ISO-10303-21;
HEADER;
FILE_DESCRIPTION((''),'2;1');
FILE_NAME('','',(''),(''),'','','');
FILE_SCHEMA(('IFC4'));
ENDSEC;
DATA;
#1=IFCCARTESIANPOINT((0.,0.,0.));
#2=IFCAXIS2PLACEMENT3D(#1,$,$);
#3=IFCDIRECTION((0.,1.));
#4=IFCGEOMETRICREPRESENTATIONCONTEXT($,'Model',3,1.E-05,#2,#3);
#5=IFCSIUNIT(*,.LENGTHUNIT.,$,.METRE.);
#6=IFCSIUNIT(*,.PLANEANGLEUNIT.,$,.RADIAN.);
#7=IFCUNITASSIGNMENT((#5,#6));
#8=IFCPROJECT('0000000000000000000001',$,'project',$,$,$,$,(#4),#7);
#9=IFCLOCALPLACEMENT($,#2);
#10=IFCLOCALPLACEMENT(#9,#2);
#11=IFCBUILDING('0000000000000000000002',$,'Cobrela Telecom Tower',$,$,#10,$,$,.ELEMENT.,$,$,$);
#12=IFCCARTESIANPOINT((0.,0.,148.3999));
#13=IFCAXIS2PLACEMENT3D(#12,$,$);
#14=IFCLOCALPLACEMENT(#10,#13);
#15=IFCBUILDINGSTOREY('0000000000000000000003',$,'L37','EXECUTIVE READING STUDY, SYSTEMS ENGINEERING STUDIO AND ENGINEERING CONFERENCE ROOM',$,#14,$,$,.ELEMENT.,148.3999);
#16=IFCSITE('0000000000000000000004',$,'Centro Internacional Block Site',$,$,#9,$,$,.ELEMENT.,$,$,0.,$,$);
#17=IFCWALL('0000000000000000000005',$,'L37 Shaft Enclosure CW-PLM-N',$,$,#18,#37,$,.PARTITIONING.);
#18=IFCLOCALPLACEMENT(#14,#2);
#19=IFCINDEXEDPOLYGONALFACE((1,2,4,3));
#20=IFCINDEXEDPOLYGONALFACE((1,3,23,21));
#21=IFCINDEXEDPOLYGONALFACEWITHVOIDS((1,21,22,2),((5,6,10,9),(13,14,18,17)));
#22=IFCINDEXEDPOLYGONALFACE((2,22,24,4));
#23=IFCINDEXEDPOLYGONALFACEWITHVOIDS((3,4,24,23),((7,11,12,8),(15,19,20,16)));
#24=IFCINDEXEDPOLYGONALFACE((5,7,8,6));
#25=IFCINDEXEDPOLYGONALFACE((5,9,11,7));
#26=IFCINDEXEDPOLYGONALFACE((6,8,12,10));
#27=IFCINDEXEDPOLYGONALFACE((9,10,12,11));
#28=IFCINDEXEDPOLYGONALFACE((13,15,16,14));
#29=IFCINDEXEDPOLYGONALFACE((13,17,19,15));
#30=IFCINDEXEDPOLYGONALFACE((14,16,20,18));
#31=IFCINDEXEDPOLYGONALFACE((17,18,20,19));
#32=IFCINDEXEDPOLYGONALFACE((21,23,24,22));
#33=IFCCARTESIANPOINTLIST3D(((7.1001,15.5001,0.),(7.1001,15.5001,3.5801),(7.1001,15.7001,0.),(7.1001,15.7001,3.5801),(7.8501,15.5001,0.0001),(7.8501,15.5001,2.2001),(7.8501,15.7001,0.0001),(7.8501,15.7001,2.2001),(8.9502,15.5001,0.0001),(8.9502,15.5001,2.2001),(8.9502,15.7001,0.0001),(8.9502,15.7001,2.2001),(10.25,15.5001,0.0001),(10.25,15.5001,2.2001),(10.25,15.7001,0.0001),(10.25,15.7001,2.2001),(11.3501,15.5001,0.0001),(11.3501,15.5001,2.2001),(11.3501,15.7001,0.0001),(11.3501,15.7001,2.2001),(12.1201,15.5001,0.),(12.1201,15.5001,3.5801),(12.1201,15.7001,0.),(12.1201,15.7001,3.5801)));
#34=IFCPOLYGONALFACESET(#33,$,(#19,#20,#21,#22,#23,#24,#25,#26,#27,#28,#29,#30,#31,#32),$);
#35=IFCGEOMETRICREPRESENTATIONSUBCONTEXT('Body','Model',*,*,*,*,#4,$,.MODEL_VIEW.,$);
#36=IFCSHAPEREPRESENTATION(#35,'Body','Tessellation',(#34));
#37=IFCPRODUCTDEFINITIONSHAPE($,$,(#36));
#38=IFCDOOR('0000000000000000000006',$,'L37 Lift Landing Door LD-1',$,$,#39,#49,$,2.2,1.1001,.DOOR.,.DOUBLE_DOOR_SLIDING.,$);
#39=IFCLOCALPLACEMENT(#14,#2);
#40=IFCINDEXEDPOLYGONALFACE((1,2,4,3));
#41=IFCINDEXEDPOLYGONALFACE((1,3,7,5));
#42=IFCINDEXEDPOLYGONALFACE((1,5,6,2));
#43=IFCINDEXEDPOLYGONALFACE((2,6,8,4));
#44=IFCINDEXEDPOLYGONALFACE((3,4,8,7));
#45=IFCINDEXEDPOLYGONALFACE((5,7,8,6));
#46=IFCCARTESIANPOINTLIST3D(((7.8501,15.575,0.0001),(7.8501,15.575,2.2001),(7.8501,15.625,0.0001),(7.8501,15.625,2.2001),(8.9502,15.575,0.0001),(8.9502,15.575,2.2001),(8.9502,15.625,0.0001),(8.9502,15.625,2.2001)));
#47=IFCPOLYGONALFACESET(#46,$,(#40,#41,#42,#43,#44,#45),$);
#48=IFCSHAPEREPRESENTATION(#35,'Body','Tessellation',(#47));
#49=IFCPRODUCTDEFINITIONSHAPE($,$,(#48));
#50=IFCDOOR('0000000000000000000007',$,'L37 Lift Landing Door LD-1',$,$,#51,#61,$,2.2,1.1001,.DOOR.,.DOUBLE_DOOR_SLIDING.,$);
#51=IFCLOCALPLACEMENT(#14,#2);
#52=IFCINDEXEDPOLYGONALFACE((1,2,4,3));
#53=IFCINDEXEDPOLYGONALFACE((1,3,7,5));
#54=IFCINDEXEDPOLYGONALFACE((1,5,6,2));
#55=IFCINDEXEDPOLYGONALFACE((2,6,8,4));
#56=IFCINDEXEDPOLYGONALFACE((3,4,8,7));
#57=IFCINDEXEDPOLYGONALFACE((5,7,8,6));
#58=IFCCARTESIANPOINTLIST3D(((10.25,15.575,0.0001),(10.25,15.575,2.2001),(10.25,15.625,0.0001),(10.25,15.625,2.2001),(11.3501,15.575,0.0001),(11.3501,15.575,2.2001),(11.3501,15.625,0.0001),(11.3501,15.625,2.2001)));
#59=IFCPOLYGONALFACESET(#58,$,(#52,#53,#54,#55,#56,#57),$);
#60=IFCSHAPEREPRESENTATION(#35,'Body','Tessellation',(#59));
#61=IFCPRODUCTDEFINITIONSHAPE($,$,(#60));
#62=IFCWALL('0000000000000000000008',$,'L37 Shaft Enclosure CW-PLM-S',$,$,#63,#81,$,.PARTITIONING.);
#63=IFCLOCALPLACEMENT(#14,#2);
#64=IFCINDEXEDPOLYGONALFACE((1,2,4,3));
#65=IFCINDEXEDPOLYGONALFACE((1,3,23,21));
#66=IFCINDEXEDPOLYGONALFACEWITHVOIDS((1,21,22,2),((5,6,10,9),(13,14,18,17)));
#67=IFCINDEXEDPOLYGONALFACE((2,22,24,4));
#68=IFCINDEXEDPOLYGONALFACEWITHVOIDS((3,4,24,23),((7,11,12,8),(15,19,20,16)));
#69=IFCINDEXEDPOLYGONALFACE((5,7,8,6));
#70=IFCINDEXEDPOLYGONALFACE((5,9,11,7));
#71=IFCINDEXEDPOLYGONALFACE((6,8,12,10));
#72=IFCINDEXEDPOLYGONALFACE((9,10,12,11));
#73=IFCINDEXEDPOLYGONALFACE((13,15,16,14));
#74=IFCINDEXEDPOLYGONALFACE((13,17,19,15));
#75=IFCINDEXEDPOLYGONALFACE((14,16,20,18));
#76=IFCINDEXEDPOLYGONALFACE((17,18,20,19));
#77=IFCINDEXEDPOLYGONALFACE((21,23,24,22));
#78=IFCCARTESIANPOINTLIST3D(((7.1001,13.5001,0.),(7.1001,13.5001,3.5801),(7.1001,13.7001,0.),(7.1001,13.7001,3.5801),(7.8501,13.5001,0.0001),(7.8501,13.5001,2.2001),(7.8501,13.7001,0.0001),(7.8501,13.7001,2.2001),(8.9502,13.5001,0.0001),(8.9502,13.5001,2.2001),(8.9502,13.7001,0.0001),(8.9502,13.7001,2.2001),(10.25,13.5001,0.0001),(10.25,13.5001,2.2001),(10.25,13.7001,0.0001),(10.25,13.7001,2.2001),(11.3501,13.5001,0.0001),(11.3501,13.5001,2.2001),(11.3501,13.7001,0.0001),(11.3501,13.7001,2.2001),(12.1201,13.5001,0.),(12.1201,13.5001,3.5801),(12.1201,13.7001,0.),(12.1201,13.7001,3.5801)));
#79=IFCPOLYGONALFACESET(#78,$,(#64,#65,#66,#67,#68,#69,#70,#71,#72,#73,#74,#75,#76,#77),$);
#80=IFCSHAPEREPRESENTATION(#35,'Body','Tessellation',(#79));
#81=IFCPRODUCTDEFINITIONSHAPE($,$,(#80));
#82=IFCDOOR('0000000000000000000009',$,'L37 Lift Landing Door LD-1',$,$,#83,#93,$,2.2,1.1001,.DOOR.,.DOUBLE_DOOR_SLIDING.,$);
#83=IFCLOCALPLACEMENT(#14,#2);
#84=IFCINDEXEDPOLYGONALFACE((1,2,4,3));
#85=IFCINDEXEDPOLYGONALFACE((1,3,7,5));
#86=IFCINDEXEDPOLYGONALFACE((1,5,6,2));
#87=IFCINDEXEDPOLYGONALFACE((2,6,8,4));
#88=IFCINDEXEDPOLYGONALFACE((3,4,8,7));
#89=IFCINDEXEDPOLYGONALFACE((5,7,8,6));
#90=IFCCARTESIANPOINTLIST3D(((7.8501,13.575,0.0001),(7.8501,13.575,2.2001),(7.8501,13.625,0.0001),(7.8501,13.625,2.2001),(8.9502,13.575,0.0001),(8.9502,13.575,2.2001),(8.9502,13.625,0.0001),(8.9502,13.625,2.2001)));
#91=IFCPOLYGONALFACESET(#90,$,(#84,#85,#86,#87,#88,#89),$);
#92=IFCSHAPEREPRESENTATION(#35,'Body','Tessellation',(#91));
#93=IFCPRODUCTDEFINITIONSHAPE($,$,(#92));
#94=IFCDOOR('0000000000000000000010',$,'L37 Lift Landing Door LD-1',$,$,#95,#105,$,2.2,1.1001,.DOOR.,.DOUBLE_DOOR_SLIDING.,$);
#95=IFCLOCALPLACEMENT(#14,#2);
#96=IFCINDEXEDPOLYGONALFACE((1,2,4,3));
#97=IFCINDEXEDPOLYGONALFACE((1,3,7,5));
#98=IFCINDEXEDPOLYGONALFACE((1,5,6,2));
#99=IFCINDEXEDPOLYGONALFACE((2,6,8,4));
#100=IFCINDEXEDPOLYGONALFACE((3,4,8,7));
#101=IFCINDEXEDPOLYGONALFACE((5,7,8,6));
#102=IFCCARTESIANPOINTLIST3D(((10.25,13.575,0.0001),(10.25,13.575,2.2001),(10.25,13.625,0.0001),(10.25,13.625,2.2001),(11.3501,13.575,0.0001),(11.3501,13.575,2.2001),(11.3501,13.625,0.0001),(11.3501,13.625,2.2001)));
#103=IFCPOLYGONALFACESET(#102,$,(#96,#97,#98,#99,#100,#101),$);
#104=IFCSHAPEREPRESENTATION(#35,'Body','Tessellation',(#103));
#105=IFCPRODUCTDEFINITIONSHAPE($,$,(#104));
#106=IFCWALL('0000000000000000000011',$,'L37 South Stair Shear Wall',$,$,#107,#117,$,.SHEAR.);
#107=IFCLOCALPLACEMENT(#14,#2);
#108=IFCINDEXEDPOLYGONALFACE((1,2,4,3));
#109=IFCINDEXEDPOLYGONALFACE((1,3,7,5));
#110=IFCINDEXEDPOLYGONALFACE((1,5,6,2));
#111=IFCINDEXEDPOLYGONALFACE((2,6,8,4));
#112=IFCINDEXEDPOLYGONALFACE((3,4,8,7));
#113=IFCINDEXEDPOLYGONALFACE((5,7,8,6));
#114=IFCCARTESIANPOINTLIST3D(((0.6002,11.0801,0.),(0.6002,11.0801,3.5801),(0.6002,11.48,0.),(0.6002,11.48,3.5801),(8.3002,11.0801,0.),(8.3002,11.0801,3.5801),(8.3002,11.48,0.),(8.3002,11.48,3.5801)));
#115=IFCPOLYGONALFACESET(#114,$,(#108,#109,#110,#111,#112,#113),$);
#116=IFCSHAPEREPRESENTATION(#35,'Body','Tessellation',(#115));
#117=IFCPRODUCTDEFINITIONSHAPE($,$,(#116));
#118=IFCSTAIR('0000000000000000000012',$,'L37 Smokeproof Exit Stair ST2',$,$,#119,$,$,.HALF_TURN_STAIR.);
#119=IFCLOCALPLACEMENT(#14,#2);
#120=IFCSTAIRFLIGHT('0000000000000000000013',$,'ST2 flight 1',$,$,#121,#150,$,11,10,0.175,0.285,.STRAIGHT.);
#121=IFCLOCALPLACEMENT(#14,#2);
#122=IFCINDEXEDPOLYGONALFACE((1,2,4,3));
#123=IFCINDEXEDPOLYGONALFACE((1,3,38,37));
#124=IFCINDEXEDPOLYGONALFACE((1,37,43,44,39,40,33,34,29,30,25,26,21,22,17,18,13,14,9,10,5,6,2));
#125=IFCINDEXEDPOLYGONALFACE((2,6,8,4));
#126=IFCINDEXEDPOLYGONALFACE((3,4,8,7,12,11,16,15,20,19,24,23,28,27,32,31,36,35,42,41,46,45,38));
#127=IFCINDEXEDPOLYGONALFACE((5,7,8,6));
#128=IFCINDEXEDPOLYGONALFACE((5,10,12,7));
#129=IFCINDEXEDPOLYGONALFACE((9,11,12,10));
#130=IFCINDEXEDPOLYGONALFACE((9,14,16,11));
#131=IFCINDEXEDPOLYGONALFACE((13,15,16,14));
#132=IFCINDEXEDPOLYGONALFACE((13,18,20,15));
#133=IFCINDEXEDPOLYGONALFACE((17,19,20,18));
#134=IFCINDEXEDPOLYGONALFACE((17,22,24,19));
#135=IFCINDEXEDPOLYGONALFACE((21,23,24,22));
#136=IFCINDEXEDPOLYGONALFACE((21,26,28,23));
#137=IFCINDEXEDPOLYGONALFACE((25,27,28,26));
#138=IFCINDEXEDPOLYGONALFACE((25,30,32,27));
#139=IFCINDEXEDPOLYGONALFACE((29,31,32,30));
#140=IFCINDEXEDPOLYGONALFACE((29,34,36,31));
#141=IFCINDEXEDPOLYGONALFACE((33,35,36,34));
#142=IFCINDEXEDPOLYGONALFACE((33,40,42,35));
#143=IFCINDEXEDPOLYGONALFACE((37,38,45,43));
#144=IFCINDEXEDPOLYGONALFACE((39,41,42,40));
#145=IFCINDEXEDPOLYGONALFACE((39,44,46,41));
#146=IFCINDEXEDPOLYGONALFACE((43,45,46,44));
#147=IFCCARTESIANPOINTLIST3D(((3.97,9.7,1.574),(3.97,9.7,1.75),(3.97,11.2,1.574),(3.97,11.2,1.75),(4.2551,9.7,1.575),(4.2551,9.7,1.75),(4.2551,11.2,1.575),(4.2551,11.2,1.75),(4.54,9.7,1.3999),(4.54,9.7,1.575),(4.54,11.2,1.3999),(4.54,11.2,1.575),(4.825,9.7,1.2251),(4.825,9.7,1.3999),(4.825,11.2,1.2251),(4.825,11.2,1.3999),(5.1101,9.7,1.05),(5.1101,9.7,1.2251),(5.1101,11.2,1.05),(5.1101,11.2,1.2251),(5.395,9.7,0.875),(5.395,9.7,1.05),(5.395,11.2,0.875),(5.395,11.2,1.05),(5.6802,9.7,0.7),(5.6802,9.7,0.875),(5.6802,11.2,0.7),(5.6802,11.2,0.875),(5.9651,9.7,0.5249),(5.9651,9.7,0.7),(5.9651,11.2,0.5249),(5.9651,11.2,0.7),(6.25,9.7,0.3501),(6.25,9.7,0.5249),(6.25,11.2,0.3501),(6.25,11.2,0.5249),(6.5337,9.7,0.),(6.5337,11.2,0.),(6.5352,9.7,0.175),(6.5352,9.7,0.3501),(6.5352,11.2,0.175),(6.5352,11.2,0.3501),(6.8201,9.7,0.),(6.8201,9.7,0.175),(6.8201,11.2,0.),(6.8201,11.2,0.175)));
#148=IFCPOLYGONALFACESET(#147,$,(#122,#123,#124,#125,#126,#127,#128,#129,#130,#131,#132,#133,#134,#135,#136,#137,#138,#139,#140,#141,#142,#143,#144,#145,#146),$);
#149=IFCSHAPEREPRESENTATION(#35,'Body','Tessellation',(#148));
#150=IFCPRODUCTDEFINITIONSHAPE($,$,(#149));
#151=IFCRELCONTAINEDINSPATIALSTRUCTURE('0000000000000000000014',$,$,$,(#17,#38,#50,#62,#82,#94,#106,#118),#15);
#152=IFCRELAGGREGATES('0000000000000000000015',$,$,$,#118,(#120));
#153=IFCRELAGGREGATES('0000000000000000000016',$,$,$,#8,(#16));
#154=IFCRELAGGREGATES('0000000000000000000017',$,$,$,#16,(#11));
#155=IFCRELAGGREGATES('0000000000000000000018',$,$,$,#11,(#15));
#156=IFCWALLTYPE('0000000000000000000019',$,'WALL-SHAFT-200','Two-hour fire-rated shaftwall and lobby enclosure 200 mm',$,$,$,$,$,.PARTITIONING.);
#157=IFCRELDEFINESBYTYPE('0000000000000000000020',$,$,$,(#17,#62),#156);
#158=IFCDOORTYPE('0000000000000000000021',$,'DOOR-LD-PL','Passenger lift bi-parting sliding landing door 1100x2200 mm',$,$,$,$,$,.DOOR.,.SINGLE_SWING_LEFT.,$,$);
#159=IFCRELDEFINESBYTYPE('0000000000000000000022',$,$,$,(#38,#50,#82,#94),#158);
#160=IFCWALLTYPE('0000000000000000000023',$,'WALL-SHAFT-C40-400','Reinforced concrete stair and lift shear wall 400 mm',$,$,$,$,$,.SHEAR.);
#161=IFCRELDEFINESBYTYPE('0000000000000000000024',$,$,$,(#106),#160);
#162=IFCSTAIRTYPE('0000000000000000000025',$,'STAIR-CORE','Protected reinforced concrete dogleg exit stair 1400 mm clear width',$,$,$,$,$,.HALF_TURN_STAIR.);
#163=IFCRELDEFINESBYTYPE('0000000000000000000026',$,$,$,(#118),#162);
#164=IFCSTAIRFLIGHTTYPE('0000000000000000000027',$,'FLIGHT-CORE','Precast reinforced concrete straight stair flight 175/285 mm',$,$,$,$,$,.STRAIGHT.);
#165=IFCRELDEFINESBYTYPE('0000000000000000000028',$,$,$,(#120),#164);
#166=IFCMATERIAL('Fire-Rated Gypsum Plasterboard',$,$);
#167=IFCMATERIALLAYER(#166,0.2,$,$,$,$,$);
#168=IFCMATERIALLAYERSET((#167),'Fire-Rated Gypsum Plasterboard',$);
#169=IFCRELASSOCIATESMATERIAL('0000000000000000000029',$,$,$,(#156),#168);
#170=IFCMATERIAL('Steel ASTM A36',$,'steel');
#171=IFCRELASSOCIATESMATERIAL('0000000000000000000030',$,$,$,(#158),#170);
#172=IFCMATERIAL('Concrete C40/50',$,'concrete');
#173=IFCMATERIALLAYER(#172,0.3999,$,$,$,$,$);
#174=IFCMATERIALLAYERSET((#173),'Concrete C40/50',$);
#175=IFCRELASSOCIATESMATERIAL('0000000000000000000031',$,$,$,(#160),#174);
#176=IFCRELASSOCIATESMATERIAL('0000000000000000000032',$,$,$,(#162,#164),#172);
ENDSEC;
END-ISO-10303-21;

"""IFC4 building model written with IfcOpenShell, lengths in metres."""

from ifc_helpers import new_model, si_unit, direction, frame, frame_2d, origin, place, context, subcontext, project, spatial, polyline, rectangle, outline, extrude, material, layer, layer_set, type_object, element, fill, aggregate, save


model = new_model("IFC4")

# Units and contexts
model_context = context("Model", 3, precision=1e-05, world=origin(), true_north=direction((0.0, 1.0)))
body_context = subcontext(model_context, "Body", "Model", "MODEL_VIEW")
ifc_project = project(units=[si_unit("LENGTHUNIT", "METRE"), si_unit("PLANEANGLEUNIT", "RADIAN")], contexts=[model_context])

# Site, building, storey
site_placement = place(None, origin())
site = spatial("IfcSite", under=ifc_project, at=site_placement, Name="Centro Internacional Block Site", CompositionType="ELEMENT", RefElevation=0.0)
building_placement = place(site_placement, origin())
building = spatial("IfcBuilding", under=site, at=building_placement, Name="Cobrela Telecom Tower", CompositionType="ELEMENT")
storey_placement = place(building_placement, frame((0.0, 0.0, 148.3999)))
storey = spatial("IfcBuildingStorey", under=building, at=storey_placement, Name="L37", Description="EXECUTIVE READING STUDY, SYSTEMS ENGINEERING STUDIO AND ENGINEERING CONFERENCE ROOM", CompositionType="ELEMENT", Elevation=148.3999)

# Shared definitions
ifc_material_1 = material(Name="Fire-Rated Gypsum Plasterboard")

# Shared definitions
ifc_layer_1 = layer(ifc_material_1, 0.2)
ifc_layer_set_1 = layer_set([ifc_layer_1], Name="Fire-Rated Gypsum Plasterboard")
wall_type_1 = type_object("IfcWallType", Name="WALL-SHAFT-200", Description="Two-hour fire-rated shaftwall and lobby enclosure 200 mm", PredefinedType="PARTITIONING", material=ifc_layer_set_1)

# Walls, openings, doors
wall_1_placement = place(storey_placement, frame((7.1001, 15.6001, 0.0), z_axis=(0.0, 0.0, 1.0), x_axis=(1.0, 0.0, 0.0)))
wall_1 = element("IfcWall", 1, at=wall_1_placement, inside=storey, type_object=wall_type_1, Name="L37 Shaft Enclosure CW-PLM-N", PredefinedType="PARTITIONING", context=body_context, shape_type="SweptSolid", body=[
    extrude(rectangle(XDim=5.02, YDim=0.2, at=frame_2d((2.51, 0.0))), origin(), (0.0, 0.0, 1.0), 3.5801),
])
opening_1_placement = place(wall_1_placement, frame((0.75, 0.0, 0.0)))
opening_1 = element("IfcOpeningElement", 2, at=opening_1_placement, cuts=wall_1, PredefinedType="OPENING", context=body_context, shape_type="SweptSolid", body=[
    extrude(rectangle(XDim=1.1001, YDim=2.2, at=frame_2d((0.55, 1.1001))), frame((0.0, 0.1118, 0.0), z_axis=(0.0, -1.0, 0.0), x_axis=(1.0, 0.0, 0.0)), (0.0, 0.0, 1.0), 0.2239),
])
opening_2_placement = place(wall_1_placement, frame((3.1499, 0.0, 0.0)))
opening_2 = element("IfcOpeningElement", 3, at=opening_2_placement, cuts=wall_1, PredefinedType="OPENING", context=body_context, shape_type="SweptSolid", body=[
    extrude(rectangle(XDim=1.1001, YDim=2.2, at=frame_2d((0.55, 1.1001))), frame((0.0, 0.1118, 0.0), z_axis=(0.0, -1.0, 0.0), x_axis=(1.0, 0.0, 0.0)), (0.0, 0.0, 1.0), 0.2239),
])
ifc_material_2 = material(Name="Steel ASTM A36", Category="steel")
door_type_1 = type_object("IfcDoorType", Name="DOOR-LD-PL", Description="Passenger lift bi-parting sliding landing door 1100x2200 mm", OperationType="SINGLE_SWING_LEFT", PredefinedType="DOOR", material=ifc_material_2)
door_1_placement = place(opening_1_placement, origin())
door_1 = element("IfcDoor", 4, at=door_1_placement, inside=storey, type_object=door_type_1, Name="L37 Lift Landing Door LD-1", OperationType="DOUBLE_DOOR_SLIDING", OverallHeight=2.2, OverallWidth=1.1001, PredefinedType="DOOR", context=body_context, shape_type="SweptSolid", body=[
    extrude(rectangle(XDim=1.1001, YDim=2.2, at=frame_2d((0.55, 1.1001))), frame((0.0, 0.0249, 0.0), z_axis=(0.0, -1.0, 0.0), x_axis=(1.0, 0.0, 0.0)), (0.0, 0.0, 1.0), 0.05),
])
fill(opening_1, door_1)
door_2_placement = place(opening_2_placement, origin())
door_2 = element("IfcDoor", 5, at=door_2_placement, inside=storey, type_object=door_type_1, Name="L37 Lift Landing Door LD-1", OperationType="DOUBLE_DOOR_SLIDING", OverallHeight=2.2, OverallWidth=1.1001, PredefinedType="DOOR", context=body_context, shape_type="SweptSolid", body=[
    extrude(rectangle(XDim=1.1001, YDim=2.2, at=frame_2d((0.55, 1.1001))), frame((0.0, 0.0249, 0.0), z_axis=(0.0, -1.0, 0.0), x_axis=(1.0, 0.0, 0.0)), (0.0, 0.0, 1.0), 0.05),
])
fill(opening_2, door_2)
wall_2_placement = place(storey_placement, frame((7.1001, 13.6001, 0.0), z_axis=(0.0, 0.0, 1.0), x_axis=(1.0, 0.0, 0.0)))
wall_2 = element("IfcWall", 6, at=wall_2_placement, inside=storey, type_object=wall_type_1, Name="L37 Shaft Enclosure CW-PLM-S", PredefinedType="PARTITIONING", context=body_context, shape_type="SweptSolid", body=[
    extrude(rectangle(XDim=5.02, YDim=0.2, at=frame_2d((2.51, 0.0))), origin(), (0.0, 0.0, 1.0), 3.5801),
])
opening_3_placement = place(wall_2_placement, frame((0.75, 0.0, 0.0)))
opening_3 = element("IfcOpeningElement", 7, at=opening_3_placement, cuts=wall_2, PredefinedType="OPENING", context=body_context, shape_type="SweptSolid", body=[
    extrude(rectangle(XDim=1.1001, YDim=2.2, at=frame_2d((0.55, 1.1001))), frame((0.0, 0.1118, 0.0), z_axis=(0.0, -1.0, 0.0), x_axis=(1.0, 0.0, 0.0)), (0.0, 0.0, 1.0), 0.2239),
])
opening_4_placement = place(wall_2_placement, frame((3.1499, 0.0, 0.0)))
opening_4 = element("IfcOpeningElement", 8, at=opening_4_placement, cuts=wall_2, PredefinedType="OPENING", context=body_context, shape_type="SweptSolid", body=[
    extrude(rectangle(XDim=1.1001, YDim=2.2, at=frame_2d((0.55, 1.1001))), frame((0.0, 0.1118, 0.0), z_axis=(0.0, -1.0, 0.0), x_axis=(1.0, 0.0, 0.0)), (0.0, 0.0, 1.0), 0.2239),
])
door_3_placement = place(opening_3_placement, origin())
door_3 = element("IfcDoor", 9, at=door_3_placement, inside=storey, type_object=door_type_1, Name="L37 Lift Landing Door LD-1", OperationType="DOUBLE_DOOR_SLIDING", OverallHeight=2.2, OverallWidth=1.1001, PredefinedType="DOOR", context=body_context, shape_type="SweptSolid", body=[
    extrude(rectangle(XDim=1.1001, YDim=2.2, at=frame_2d((0.55, 1.1001))), frame((0.0, 0.0249, 0.0), z_axis=(0.0, -1.0, 0.0), x_axis=(1.0, 0.0, 0.0)), (0.0, 0.0, 1.0), 0.05),
])
fill(opening_3, door_3)
door_4_placement = place(opening_4_placement, origin())
door_4 = element("IfcDoor", 10, at=door_4_placement, inside=storey, type_object=door_type_1, Name="L37 Lift Landing Door LD-1", OperationType="DOUBLE_DOOR_SLIDING", OverallHeight=2.2, OverallWidth=1.1001, PredefinedType="DOOR", context=body_context, shape_type="SweptSolid", body=[
    extrude(rectangle(XDim=1.1001, YDim=2.2, at=frame_2d((0.55, 1.1001))), frame((0.0, 0.0249, 0.0), z_axis=(0.0, -1.0, 0.0), x_axis=(1.0, 0.0, 0.0)), (0.0, 0.0, 1.0), 0.05),
])
fill(opening_4, door_4)

# Wall
ifc_material_3 = material(Name="Concrete C40/50", Category="concrete")
ifc_layer_2 = layer(ifc_material_3, 0.3999)
ifc_layer_set_2 = layer_set([ifc_layer_2], Name="Concrete C40/50")
wall_type_2 = type_object("IfcWallType", Name="WALL-SHAFT-C40-400", Description="Reinforced concrete stair and lift shear wall 400 mm", PredefinedType="SHEAR", material=ifc_layer_set_2)
wall_3_placement = place(storey_placement, frame((0.6001, 11.28, 0.0), z_axis=(0.0, 0.0, 1.0), x_axis=(1.0, 0.0, 0.0)))
element("IfcWall", 11, at=wall_3_placement, inside=storey, type_object=wall_type_2, Name="L37 South Stair Shear Wall", PredefinedType="SHEAR", context=body_context, shape_type="SweptSolid", body=[
    extrude(rectangle(XDim=7.7, YDim=0.3999, at=frame_2d((3.8501, 0.0))), origin(), (0.0, 0.0, 1.0), 3.5801),
])

# Stair, stair flight
stair_type = type_object("IfcStairType", Name="STAIR-CORE", Description="Protected reinforced concrete dogleg exit stair 1400 mm clear width", PredefinedType="HALF_TURN_STAIR", material=ifc_material_3)
stair_placement = place(storey_placement, origin())
stair = element("IfcStair", 12, at=stair_placement, inside=storey, type_object=stair_type, Name="L37 Smokeproof Exit Stair ST2", PredefinedType="HALF_TURN_STAIR")
stair_flight_type = type_object("IfcStairFlightType", Name="FLIGHT-CORE", Description="Precast reinforced concrete straight stair flight 175/285 mm", PredefinedType="STRAIGHT", material=ifc_material_3)
stair_flight_placement = place(storey_placement, frame((6.8201, 10.45, 0.0), z_axis=(0.0, 0.0, 1.0), x_axis=(-1.0, 0.0, 0.0)))
stair_flight = element("IfcStairFlight", 13, at=stair_flight_placement, type_object=stair_flight_type, Name="ST2 flight 1", NumberOfRisers=11, NumberOfTreads=10, PredefinedType="STRAIGHT", RiserHeight=0.175, TreadLength=0.285, context=body_context, shape_type="SweptSolid", body=[
    extrude(outline(polyline([(0.0, 0.0), (0.0, 0.175), (0.2849, 0.175), (0.2849, 0.3501), (0.5701, 0.3501), (0.5701, 0.5249), (0.855, 0.5249), (0.855, 0.7), (1.1399, 0.7), (1.1399, 0.875), (1.425, 0.875), (1.425, 1.05), (1.71, 1.05), (1.71, 1.2251), (1.9951, 1.2251), (1.9951, 1.3999), (2.28, 1.3999), (2.28, 1.575), (2.5649, 1.575), (2.5649, 1.75), (2.8501, 1.75), (2.8501, 1.925), (2.8501, 1.574), (0.2864, 0.0), (0.0, 0.0)])), frame((0.0, 0.75, 0.0), z_axis=(0.0, -1.0, 0.0), x_axis=(1.0, 0.0, 0.0)), (0.0, 0.0, 1.0), 1.5),
])
aggregate(stair, [stair_flight])

save(model, "model.ifc")
